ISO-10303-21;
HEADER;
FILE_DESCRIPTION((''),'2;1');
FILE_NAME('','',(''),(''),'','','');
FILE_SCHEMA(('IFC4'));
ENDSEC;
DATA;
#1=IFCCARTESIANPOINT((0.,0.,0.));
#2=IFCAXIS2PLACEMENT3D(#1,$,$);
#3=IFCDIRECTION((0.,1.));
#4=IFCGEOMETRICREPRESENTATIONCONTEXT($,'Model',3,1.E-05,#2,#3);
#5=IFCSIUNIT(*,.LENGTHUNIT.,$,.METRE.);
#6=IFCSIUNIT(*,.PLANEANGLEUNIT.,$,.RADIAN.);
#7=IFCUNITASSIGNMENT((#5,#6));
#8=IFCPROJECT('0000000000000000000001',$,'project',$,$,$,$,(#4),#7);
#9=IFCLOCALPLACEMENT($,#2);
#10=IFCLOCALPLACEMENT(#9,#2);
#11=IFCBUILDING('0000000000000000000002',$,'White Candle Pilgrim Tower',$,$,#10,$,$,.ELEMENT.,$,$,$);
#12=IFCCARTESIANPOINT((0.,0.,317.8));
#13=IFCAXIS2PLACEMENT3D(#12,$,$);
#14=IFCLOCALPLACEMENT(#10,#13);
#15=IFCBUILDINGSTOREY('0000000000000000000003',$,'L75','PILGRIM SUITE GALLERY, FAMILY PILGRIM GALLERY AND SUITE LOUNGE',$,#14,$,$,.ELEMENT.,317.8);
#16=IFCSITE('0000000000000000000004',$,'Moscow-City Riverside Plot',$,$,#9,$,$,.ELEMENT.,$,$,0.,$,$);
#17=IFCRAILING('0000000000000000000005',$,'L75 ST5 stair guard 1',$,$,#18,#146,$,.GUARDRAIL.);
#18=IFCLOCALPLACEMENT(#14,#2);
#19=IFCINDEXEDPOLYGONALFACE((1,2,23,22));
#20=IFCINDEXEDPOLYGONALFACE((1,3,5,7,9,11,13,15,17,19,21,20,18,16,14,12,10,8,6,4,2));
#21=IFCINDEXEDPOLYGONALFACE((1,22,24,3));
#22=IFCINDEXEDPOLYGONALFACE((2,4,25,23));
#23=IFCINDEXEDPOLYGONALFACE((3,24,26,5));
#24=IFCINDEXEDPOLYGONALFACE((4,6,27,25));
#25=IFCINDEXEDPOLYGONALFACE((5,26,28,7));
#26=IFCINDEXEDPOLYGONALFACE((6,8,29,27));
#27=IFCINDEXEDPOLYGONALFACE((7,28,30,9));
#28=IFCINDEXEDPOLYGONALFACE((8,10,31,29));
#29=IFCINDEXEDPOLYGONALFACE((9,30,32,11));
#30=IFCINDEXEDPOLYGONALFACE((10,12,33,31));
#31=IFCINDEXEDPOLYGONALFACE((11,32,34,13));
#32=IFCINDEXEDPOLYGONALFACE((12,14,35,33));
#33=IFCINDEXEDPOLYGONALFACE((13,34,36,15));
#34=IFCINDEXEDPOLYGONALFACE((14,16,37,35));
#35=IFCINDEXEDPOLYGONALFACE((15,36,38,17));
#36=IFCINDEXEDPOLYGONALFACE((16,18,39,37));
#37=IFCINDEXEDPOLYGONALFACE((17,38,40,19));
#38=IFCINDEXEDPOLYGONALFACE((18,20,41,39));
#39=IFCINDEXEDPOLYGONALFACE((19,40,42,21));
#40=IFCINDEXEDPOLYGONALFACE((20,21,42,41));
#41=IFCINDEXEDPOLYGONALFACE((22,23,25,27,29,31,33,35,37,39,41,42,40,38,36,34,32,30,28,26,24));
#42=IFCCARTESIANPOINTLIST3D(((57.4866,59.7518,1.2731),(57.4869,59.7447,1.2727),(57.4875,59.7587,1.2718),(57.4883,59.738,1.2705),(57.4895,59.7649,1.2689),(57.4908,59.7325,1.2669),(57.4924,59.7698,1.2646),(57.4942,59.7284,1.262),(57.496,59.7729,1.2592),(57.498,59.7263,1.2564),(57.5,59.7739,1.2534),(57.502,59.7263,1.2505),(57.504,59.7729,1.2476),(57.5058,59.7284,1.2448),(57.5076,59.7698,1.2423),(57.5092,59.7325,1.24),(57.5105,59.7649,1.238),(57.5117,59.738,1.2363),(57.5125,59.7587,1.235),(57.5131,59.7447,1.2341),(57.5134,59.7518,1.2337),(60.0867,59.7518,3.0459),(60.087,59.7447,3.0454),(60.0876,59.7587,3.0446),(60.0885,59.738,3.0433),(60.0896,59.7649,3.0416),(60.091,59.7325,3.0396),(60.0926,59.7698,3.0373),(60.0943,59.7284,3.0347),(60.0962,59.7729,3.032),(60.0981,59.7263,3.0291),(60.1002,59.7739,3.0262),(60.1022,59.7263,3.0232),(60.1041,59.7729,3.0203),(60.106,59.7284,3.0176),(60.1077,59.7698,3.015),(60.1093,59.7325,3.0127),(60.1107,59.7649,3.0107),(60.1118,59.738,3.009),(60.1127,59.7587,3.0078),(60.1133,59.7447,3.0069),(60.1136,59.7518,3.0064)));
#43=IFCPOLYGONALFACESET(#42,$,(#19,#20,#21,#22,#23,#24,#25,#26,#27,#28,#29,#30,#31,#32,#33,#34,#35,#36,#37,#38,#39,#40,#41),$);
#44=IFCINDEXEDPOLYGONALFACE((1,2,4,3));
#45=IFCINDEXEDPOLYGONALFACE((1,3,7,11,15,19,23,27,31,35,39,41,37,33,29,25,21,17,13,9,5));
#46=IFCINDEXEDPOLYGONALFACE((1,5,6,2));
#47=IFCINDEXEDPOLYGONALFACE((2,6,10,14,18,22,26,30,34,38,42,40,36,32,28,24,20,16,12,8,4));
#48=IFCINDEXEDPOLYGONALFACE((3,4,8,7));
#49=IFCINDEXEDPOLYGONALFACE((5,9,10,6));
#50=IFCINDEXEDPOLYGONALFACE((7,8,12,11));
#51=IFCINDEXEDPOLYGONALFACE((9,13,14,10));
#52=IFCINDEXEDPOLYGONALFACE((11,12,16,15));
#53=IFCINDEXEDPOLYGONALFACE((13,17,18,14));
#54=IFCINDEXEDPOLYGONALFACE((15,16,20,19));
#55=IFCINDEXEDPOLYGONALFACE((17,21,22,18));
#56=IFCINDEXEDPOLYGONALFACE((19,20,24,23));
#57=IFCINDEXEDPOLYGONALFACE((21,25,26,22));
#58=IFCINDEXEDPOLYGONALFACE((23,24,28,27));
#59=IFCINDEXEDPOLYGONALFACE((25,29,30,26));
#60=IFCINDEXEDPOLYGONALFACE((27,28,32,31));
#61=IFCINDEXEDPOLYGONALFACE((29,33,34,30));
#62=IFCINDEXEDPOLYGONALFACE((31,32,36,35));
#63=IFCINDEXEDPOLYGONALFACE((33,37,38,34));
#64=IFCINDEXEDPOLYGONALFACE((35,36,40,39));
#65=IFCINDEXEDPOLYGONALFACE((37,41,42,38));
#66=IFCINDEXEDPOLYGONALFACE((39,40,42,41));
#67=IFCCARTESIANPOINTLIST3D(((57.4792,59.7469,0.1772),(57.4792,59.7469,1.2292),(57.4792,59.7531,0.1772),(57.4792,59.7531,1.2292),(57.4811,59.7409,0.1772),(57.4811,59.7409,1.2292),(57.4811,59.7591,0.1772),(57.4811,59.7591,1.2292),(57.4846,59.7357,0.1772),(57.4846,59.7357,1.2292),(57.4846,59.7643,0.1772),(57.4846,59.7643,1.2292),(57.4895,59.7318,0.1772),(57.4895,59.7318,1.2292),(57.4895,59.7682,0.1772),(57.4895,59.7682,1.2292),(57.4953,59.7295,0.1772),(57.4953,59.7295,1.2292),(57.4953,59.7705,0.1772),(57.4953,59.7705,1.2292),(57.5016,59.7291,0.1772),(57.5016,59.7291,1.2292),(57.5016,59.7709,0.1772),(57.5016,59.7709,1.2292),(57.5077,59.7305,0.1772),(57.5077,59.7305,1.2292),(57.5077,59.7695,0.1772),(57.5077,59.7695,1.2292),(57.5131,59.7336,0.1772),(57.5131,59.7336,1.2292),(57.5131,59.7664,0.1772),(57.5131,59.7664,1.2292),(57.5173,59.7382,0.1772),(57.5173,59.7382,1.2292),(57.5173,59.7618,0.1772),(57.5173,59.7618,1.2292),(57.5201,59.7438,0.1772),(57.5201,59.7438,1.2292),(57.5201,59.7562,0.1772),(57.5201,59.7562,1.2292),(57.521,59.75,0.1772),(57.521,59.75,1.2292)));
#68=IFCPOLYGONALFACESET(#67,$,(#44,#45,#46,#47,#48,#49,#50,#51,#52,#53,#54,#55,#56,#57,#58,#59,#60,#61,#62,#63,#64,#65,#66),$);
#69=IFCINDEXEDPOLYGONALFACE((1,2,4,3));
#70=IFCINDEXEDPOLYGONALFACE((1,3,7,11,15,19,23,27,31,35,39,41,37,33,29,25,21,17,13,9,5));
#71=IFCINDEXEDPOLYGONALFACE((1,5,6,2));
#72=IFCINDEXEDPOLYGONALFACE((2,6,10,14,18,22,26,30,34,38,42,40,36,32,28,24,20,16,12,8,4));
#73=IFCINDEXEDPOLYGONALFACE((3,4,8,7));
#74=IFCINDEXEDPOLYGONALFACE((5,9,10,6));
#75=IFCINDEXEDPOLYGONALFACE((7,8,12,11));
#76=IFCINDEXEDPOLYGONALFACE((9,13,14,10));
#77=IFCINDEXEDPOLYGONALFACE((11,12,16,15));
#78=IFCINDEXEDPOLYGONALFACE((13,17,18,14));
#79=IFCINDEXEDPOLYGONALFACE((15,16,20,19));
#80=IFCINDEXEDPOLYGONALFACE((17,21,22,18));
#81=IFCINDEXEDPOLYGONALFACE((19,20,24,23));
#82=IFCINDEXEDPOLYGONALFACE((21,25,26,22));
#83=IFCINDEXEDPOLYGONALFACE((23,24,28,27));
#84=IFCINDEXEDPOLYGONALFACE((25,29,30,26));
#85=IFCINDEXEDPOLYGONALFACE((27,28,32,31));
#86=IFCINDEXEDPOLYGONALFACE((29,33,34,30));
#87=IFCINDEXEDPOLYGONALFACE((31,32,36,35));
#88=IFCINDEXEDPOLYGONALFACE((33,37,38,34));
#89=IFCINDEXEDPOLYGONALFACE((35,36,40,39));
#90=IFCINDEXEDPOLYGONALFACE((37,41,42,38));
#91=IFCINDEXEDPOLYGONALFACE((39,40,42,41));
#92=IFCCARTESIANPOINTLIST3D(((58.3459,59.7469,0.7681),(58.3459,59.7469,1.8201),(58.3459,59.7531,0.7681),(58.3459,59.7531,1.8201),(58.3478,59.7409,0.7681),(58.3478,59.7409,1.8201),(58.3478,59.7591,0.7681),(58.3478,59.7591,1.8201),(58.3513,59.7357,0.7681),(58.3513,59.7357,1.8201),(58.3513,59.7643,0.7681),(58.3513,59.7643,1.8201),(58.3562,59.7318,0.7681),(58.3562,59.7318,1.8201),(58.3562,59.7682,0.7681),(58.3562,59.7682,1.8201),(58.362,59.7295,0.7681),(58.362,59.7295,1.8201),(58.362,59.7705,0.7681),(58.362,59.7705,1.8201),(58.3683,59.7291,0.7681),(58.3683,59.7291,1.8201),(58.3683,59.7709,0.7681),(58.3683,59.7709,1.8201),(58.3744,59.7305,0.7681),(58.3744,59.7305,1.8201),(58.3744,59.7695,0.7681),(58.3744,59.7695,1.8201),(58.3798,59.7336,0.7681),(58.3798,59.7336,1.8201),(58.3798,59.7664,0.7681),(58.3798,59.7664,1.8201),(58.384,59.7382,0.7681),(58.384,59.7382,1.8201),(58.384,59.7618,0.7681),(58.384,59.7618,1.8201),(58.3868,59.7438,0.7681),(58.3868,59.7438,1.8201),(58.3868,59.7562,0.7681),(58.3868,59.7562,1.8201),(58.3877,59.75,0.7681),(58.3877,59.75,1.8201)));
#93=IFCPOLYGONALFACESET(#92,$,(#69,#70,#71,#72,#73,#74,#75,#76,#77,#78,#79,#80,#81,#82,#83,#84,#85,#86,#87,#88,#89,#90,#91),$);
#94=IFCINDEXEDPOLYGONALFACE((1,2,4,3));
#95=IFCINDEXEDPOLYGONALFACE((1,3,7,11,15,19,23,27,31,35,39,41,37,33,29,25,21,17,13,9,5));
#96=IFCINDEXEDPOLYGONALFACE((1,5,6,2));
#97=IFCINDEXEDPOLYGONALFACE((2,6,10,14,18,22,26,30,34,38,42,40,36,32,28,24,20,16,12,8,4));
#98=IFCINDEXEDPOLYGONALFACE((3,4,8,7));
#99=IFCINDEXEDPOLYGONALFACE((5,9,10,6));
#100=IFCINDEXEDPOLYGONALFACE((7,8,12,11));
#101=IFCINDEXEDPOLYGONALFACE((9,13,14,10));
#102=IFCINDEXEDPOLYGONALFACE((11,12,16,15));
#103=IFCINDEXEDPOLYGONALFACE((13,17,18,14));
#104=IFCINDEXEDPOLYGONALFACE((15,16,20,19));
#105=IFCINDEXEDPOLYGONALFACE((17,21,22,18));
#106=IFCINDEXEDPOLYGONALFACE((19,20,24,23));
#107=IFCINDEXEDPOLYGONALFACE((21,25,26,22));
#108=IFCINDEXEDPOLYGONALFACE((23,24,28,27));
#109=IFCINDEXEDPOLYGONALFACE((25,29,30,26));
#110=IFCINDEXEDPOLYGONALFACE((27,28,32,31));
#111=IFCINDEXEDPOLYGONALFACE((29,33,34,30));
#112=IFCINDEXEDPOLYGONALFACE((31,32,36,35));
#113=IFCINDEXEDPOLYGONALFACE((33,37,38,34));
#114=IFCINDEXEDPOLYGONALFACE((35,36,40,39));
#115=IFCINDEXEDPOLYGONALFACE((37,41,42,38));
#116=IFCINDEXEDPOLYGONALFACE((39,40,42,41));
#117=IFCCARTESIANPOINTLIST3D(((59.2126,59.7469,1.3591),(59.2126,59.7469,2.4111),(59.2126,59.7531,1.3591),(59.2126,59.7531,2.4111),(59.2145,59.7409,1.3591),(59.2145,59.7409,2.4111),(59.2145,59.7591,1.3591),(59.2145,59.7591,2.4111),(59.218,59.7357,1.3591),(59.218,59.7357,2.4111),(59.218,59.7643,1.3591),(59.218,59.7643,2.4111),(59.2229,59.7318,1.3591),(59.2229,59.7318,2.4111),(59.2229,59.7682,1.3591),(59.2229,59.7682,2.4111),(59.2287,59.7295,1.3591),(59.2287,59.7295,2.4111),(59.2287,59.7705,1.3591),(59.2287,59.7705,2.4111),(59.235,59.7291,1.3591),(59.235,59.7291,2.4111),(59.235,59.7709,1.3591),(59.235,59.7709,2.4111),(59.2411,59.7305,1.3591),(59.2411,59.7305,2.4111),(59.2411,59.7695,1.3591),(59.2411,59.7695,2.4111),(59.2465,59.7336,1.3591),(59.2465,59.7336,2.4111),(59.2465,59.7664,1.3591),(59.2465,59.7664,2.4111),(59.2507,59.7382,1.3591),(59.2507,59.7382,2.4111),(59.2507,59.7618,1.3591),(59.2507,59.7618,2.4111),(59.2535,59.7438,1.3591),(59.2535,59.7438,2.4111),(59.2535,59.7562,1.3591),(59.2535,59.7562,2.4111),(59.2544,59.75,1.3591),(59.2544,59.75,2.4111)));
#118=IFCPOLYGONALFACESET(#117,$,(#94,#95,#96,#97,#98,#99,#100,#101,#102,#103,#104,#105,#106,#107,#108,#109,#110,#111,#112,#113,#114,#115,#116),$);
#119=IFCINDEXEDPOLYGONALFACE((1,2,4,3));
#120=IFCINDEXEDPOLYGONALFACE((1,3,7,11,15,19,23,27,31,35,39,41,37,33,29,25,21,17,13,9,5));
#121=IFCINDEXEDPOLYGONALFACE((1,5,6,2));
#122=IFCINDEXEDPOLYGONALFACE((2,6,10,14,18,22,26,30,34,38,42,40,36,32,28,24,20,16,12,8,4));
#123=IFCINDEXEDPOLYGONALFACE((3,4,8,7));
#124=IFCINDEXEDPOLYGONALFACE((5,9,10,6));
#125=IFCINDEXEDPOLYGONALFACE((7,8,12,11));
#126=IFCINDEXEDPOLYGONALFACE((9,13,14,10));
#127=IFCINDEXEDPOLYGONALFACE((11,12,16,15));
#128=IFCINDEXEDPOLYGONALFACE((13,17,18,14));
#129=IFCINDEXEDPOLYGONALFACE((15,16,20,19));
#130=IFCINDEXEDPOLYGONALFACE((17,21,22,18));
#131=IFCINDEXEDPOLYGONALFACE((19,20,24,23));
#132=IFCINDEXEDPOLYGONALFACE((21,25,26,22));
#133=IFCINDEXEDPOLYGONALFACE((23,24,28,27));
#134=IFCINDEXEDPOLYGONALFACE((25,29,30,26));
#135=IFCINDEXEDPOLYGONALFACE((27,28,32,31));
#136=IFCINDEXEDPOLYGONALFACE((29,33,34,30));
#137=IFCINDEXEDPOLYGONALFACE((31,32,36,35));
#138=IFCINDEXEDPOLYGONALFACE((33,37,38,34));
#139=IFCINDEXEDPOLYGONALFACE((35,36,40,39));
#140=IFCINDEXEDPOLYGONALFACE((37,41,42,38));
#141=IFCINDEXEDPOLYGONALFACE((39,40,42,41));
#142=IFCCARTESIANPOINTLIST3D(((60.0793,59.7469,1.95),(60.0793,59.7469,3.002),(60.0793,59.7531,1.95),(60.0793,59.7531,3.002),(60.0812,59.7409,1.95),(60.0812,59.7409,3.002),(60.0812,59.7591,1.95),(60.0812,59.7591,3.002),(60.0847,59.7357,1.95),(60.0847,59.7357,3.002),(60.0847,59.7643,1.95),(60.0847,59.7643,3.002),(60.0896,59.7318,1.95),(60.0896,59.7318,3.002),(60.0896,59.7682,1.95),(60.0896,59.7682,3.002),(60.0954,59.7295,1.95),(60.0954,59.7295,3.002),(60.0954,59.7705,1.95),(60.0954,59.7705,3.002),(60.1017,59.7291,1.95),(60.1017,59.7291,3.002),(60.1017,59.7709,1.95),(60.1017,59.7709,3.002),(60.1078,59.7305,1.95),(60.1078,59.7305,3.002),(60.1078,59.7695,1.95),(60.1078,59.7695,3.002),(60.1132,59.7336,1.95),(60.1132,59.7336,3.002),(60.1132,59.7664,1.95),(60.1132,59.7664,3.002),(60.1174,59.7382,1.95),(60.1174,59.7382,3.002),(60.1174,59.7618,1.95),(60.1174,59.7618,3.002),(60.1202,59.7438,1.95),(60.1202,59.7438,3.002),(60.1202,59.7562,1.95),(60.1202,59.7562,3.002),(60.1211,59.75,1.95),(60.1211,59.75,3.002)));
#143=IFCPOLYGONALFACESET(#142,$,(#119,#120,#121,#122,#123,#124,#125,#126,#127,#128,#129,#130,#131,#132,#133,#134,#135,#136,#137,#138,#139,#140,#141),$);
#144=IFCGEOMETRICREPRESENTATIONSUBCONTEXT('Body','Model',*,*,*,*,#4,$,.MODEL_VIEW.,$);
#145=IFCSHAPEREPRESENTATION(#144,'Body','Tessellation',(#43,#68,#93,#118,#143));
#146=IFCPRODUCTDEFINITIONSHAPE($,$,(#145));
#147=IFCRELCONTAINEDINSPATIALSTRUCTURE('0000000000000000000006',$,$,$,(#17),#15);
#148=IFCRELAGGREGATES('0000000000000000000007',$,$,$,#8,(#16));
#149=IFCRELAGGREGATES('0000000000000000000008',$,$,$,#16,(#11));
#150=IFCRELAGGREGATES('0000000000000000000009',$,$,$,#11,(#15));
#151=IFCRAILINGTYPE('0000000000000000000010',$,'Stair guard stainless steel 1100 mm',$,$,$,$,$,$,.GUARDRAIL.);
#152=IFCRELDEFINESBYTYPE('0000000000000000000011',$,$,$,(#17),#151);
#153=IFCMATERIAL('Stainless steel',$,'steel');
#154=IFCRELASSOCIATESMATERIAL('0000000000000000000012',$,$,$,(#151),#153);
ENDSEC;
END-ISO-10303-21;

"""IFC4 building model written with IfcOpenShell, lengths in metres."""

from ifc_helpers import new_model, si_unit, direction, frame, origin, origin_2d, place, context, subcontext, project, spatial, circle, extrude, material, type_object, element, save


model = new_model("IFC4")

# Units and contexts
model_context = context("Model", 3, precision=1e-05, world=origin(), true_north=direction((0.0, 1.0)))
body_context = subcontext(model_context, "Body", "Model", "MODEL_VIEW")
ifc_project = project(units=[si_unit("LENGTHUNIT", "METRE"), si_unit("PLANEANGLEUNIT", "RADIAN")], contexts=[model_context])

# Site, building, storey
site_placement = place(None, origin())
site = spatial("IfcSite", under=ifc_project, at=site_placement, Name="Moscow-City Riverside Plot", CompositionType="ELEMENT", RefElevation=0.0)
building_placement = place(site_placement, origin())
building = spatial("IfcBuilding", under=site, at=building_placement, Name="White Candle Pilgrim Tower", CompositionType="ELEMENT")
storey_placement = place(building_placement, frame((0.0, 0.0, 317.8)))
storey = spatial("IfcBuildingStorey", under=building, at=storey_placement, Name="L75", Description="PILGRIM SUITE GALLERY, FAMILY PILGRIM GALLERY AND SUITE LOUNGE", CompositionType="ELEMENT", Elevation=317.8)

# Railing
ifc_material_1 = material(Name="Stainless steel", Category="steel")
railing_type_1 = type_object("IfcRailingType", Name="Stair guard stainless steel 1100 mm", PredefinedType="GUARDRAIL", material=ifc_material_1)
railing_1_placement = place(storey_placement, frame((57.5, 59.75, 0.1772)))
element("IfcRailing", 1, at=railing_1_placement, inside=storey, type_object=railing_type_1, Name="L75 ST5 stair guard 1", PredefinedType="GUARDRAIL", context=body_context, shape_type="SweptSolid", body=[
    extrude(circle(Radius=0.0239, at=origin_2d()), frame((0.0, 0.0, 1.0762), z_axis=(0.82624, 0.0, 0.563318), x_axis=(0.0, 1.0, 0.0)), (0.0, 0.0, 1.0), 3.147),
    extrude(circle(Radius=0.021, at=origin_2d()), origin(), (0.0, 0.0, 1.0), 1.052),
    extrude(circle(Radius=0.021, at=origin_2d()), frame((0.8667, 0.0, 0.5908)), (0.0, 0.0, 1.0), 1.052),
    extrude(circle(Radius=0.021, at=origin_2d()), frame((1.7334, 0.0, 1.1819)), (0.0, 0.0, 1.0), 1.052),
    extrude(circle(Radius=0.021, at=origin_2d()), frame((2.6001, 0.0, 1.7727)), (0.0, 0.0, 1.0), 1.052),
])

save(model, "model.ifc")
